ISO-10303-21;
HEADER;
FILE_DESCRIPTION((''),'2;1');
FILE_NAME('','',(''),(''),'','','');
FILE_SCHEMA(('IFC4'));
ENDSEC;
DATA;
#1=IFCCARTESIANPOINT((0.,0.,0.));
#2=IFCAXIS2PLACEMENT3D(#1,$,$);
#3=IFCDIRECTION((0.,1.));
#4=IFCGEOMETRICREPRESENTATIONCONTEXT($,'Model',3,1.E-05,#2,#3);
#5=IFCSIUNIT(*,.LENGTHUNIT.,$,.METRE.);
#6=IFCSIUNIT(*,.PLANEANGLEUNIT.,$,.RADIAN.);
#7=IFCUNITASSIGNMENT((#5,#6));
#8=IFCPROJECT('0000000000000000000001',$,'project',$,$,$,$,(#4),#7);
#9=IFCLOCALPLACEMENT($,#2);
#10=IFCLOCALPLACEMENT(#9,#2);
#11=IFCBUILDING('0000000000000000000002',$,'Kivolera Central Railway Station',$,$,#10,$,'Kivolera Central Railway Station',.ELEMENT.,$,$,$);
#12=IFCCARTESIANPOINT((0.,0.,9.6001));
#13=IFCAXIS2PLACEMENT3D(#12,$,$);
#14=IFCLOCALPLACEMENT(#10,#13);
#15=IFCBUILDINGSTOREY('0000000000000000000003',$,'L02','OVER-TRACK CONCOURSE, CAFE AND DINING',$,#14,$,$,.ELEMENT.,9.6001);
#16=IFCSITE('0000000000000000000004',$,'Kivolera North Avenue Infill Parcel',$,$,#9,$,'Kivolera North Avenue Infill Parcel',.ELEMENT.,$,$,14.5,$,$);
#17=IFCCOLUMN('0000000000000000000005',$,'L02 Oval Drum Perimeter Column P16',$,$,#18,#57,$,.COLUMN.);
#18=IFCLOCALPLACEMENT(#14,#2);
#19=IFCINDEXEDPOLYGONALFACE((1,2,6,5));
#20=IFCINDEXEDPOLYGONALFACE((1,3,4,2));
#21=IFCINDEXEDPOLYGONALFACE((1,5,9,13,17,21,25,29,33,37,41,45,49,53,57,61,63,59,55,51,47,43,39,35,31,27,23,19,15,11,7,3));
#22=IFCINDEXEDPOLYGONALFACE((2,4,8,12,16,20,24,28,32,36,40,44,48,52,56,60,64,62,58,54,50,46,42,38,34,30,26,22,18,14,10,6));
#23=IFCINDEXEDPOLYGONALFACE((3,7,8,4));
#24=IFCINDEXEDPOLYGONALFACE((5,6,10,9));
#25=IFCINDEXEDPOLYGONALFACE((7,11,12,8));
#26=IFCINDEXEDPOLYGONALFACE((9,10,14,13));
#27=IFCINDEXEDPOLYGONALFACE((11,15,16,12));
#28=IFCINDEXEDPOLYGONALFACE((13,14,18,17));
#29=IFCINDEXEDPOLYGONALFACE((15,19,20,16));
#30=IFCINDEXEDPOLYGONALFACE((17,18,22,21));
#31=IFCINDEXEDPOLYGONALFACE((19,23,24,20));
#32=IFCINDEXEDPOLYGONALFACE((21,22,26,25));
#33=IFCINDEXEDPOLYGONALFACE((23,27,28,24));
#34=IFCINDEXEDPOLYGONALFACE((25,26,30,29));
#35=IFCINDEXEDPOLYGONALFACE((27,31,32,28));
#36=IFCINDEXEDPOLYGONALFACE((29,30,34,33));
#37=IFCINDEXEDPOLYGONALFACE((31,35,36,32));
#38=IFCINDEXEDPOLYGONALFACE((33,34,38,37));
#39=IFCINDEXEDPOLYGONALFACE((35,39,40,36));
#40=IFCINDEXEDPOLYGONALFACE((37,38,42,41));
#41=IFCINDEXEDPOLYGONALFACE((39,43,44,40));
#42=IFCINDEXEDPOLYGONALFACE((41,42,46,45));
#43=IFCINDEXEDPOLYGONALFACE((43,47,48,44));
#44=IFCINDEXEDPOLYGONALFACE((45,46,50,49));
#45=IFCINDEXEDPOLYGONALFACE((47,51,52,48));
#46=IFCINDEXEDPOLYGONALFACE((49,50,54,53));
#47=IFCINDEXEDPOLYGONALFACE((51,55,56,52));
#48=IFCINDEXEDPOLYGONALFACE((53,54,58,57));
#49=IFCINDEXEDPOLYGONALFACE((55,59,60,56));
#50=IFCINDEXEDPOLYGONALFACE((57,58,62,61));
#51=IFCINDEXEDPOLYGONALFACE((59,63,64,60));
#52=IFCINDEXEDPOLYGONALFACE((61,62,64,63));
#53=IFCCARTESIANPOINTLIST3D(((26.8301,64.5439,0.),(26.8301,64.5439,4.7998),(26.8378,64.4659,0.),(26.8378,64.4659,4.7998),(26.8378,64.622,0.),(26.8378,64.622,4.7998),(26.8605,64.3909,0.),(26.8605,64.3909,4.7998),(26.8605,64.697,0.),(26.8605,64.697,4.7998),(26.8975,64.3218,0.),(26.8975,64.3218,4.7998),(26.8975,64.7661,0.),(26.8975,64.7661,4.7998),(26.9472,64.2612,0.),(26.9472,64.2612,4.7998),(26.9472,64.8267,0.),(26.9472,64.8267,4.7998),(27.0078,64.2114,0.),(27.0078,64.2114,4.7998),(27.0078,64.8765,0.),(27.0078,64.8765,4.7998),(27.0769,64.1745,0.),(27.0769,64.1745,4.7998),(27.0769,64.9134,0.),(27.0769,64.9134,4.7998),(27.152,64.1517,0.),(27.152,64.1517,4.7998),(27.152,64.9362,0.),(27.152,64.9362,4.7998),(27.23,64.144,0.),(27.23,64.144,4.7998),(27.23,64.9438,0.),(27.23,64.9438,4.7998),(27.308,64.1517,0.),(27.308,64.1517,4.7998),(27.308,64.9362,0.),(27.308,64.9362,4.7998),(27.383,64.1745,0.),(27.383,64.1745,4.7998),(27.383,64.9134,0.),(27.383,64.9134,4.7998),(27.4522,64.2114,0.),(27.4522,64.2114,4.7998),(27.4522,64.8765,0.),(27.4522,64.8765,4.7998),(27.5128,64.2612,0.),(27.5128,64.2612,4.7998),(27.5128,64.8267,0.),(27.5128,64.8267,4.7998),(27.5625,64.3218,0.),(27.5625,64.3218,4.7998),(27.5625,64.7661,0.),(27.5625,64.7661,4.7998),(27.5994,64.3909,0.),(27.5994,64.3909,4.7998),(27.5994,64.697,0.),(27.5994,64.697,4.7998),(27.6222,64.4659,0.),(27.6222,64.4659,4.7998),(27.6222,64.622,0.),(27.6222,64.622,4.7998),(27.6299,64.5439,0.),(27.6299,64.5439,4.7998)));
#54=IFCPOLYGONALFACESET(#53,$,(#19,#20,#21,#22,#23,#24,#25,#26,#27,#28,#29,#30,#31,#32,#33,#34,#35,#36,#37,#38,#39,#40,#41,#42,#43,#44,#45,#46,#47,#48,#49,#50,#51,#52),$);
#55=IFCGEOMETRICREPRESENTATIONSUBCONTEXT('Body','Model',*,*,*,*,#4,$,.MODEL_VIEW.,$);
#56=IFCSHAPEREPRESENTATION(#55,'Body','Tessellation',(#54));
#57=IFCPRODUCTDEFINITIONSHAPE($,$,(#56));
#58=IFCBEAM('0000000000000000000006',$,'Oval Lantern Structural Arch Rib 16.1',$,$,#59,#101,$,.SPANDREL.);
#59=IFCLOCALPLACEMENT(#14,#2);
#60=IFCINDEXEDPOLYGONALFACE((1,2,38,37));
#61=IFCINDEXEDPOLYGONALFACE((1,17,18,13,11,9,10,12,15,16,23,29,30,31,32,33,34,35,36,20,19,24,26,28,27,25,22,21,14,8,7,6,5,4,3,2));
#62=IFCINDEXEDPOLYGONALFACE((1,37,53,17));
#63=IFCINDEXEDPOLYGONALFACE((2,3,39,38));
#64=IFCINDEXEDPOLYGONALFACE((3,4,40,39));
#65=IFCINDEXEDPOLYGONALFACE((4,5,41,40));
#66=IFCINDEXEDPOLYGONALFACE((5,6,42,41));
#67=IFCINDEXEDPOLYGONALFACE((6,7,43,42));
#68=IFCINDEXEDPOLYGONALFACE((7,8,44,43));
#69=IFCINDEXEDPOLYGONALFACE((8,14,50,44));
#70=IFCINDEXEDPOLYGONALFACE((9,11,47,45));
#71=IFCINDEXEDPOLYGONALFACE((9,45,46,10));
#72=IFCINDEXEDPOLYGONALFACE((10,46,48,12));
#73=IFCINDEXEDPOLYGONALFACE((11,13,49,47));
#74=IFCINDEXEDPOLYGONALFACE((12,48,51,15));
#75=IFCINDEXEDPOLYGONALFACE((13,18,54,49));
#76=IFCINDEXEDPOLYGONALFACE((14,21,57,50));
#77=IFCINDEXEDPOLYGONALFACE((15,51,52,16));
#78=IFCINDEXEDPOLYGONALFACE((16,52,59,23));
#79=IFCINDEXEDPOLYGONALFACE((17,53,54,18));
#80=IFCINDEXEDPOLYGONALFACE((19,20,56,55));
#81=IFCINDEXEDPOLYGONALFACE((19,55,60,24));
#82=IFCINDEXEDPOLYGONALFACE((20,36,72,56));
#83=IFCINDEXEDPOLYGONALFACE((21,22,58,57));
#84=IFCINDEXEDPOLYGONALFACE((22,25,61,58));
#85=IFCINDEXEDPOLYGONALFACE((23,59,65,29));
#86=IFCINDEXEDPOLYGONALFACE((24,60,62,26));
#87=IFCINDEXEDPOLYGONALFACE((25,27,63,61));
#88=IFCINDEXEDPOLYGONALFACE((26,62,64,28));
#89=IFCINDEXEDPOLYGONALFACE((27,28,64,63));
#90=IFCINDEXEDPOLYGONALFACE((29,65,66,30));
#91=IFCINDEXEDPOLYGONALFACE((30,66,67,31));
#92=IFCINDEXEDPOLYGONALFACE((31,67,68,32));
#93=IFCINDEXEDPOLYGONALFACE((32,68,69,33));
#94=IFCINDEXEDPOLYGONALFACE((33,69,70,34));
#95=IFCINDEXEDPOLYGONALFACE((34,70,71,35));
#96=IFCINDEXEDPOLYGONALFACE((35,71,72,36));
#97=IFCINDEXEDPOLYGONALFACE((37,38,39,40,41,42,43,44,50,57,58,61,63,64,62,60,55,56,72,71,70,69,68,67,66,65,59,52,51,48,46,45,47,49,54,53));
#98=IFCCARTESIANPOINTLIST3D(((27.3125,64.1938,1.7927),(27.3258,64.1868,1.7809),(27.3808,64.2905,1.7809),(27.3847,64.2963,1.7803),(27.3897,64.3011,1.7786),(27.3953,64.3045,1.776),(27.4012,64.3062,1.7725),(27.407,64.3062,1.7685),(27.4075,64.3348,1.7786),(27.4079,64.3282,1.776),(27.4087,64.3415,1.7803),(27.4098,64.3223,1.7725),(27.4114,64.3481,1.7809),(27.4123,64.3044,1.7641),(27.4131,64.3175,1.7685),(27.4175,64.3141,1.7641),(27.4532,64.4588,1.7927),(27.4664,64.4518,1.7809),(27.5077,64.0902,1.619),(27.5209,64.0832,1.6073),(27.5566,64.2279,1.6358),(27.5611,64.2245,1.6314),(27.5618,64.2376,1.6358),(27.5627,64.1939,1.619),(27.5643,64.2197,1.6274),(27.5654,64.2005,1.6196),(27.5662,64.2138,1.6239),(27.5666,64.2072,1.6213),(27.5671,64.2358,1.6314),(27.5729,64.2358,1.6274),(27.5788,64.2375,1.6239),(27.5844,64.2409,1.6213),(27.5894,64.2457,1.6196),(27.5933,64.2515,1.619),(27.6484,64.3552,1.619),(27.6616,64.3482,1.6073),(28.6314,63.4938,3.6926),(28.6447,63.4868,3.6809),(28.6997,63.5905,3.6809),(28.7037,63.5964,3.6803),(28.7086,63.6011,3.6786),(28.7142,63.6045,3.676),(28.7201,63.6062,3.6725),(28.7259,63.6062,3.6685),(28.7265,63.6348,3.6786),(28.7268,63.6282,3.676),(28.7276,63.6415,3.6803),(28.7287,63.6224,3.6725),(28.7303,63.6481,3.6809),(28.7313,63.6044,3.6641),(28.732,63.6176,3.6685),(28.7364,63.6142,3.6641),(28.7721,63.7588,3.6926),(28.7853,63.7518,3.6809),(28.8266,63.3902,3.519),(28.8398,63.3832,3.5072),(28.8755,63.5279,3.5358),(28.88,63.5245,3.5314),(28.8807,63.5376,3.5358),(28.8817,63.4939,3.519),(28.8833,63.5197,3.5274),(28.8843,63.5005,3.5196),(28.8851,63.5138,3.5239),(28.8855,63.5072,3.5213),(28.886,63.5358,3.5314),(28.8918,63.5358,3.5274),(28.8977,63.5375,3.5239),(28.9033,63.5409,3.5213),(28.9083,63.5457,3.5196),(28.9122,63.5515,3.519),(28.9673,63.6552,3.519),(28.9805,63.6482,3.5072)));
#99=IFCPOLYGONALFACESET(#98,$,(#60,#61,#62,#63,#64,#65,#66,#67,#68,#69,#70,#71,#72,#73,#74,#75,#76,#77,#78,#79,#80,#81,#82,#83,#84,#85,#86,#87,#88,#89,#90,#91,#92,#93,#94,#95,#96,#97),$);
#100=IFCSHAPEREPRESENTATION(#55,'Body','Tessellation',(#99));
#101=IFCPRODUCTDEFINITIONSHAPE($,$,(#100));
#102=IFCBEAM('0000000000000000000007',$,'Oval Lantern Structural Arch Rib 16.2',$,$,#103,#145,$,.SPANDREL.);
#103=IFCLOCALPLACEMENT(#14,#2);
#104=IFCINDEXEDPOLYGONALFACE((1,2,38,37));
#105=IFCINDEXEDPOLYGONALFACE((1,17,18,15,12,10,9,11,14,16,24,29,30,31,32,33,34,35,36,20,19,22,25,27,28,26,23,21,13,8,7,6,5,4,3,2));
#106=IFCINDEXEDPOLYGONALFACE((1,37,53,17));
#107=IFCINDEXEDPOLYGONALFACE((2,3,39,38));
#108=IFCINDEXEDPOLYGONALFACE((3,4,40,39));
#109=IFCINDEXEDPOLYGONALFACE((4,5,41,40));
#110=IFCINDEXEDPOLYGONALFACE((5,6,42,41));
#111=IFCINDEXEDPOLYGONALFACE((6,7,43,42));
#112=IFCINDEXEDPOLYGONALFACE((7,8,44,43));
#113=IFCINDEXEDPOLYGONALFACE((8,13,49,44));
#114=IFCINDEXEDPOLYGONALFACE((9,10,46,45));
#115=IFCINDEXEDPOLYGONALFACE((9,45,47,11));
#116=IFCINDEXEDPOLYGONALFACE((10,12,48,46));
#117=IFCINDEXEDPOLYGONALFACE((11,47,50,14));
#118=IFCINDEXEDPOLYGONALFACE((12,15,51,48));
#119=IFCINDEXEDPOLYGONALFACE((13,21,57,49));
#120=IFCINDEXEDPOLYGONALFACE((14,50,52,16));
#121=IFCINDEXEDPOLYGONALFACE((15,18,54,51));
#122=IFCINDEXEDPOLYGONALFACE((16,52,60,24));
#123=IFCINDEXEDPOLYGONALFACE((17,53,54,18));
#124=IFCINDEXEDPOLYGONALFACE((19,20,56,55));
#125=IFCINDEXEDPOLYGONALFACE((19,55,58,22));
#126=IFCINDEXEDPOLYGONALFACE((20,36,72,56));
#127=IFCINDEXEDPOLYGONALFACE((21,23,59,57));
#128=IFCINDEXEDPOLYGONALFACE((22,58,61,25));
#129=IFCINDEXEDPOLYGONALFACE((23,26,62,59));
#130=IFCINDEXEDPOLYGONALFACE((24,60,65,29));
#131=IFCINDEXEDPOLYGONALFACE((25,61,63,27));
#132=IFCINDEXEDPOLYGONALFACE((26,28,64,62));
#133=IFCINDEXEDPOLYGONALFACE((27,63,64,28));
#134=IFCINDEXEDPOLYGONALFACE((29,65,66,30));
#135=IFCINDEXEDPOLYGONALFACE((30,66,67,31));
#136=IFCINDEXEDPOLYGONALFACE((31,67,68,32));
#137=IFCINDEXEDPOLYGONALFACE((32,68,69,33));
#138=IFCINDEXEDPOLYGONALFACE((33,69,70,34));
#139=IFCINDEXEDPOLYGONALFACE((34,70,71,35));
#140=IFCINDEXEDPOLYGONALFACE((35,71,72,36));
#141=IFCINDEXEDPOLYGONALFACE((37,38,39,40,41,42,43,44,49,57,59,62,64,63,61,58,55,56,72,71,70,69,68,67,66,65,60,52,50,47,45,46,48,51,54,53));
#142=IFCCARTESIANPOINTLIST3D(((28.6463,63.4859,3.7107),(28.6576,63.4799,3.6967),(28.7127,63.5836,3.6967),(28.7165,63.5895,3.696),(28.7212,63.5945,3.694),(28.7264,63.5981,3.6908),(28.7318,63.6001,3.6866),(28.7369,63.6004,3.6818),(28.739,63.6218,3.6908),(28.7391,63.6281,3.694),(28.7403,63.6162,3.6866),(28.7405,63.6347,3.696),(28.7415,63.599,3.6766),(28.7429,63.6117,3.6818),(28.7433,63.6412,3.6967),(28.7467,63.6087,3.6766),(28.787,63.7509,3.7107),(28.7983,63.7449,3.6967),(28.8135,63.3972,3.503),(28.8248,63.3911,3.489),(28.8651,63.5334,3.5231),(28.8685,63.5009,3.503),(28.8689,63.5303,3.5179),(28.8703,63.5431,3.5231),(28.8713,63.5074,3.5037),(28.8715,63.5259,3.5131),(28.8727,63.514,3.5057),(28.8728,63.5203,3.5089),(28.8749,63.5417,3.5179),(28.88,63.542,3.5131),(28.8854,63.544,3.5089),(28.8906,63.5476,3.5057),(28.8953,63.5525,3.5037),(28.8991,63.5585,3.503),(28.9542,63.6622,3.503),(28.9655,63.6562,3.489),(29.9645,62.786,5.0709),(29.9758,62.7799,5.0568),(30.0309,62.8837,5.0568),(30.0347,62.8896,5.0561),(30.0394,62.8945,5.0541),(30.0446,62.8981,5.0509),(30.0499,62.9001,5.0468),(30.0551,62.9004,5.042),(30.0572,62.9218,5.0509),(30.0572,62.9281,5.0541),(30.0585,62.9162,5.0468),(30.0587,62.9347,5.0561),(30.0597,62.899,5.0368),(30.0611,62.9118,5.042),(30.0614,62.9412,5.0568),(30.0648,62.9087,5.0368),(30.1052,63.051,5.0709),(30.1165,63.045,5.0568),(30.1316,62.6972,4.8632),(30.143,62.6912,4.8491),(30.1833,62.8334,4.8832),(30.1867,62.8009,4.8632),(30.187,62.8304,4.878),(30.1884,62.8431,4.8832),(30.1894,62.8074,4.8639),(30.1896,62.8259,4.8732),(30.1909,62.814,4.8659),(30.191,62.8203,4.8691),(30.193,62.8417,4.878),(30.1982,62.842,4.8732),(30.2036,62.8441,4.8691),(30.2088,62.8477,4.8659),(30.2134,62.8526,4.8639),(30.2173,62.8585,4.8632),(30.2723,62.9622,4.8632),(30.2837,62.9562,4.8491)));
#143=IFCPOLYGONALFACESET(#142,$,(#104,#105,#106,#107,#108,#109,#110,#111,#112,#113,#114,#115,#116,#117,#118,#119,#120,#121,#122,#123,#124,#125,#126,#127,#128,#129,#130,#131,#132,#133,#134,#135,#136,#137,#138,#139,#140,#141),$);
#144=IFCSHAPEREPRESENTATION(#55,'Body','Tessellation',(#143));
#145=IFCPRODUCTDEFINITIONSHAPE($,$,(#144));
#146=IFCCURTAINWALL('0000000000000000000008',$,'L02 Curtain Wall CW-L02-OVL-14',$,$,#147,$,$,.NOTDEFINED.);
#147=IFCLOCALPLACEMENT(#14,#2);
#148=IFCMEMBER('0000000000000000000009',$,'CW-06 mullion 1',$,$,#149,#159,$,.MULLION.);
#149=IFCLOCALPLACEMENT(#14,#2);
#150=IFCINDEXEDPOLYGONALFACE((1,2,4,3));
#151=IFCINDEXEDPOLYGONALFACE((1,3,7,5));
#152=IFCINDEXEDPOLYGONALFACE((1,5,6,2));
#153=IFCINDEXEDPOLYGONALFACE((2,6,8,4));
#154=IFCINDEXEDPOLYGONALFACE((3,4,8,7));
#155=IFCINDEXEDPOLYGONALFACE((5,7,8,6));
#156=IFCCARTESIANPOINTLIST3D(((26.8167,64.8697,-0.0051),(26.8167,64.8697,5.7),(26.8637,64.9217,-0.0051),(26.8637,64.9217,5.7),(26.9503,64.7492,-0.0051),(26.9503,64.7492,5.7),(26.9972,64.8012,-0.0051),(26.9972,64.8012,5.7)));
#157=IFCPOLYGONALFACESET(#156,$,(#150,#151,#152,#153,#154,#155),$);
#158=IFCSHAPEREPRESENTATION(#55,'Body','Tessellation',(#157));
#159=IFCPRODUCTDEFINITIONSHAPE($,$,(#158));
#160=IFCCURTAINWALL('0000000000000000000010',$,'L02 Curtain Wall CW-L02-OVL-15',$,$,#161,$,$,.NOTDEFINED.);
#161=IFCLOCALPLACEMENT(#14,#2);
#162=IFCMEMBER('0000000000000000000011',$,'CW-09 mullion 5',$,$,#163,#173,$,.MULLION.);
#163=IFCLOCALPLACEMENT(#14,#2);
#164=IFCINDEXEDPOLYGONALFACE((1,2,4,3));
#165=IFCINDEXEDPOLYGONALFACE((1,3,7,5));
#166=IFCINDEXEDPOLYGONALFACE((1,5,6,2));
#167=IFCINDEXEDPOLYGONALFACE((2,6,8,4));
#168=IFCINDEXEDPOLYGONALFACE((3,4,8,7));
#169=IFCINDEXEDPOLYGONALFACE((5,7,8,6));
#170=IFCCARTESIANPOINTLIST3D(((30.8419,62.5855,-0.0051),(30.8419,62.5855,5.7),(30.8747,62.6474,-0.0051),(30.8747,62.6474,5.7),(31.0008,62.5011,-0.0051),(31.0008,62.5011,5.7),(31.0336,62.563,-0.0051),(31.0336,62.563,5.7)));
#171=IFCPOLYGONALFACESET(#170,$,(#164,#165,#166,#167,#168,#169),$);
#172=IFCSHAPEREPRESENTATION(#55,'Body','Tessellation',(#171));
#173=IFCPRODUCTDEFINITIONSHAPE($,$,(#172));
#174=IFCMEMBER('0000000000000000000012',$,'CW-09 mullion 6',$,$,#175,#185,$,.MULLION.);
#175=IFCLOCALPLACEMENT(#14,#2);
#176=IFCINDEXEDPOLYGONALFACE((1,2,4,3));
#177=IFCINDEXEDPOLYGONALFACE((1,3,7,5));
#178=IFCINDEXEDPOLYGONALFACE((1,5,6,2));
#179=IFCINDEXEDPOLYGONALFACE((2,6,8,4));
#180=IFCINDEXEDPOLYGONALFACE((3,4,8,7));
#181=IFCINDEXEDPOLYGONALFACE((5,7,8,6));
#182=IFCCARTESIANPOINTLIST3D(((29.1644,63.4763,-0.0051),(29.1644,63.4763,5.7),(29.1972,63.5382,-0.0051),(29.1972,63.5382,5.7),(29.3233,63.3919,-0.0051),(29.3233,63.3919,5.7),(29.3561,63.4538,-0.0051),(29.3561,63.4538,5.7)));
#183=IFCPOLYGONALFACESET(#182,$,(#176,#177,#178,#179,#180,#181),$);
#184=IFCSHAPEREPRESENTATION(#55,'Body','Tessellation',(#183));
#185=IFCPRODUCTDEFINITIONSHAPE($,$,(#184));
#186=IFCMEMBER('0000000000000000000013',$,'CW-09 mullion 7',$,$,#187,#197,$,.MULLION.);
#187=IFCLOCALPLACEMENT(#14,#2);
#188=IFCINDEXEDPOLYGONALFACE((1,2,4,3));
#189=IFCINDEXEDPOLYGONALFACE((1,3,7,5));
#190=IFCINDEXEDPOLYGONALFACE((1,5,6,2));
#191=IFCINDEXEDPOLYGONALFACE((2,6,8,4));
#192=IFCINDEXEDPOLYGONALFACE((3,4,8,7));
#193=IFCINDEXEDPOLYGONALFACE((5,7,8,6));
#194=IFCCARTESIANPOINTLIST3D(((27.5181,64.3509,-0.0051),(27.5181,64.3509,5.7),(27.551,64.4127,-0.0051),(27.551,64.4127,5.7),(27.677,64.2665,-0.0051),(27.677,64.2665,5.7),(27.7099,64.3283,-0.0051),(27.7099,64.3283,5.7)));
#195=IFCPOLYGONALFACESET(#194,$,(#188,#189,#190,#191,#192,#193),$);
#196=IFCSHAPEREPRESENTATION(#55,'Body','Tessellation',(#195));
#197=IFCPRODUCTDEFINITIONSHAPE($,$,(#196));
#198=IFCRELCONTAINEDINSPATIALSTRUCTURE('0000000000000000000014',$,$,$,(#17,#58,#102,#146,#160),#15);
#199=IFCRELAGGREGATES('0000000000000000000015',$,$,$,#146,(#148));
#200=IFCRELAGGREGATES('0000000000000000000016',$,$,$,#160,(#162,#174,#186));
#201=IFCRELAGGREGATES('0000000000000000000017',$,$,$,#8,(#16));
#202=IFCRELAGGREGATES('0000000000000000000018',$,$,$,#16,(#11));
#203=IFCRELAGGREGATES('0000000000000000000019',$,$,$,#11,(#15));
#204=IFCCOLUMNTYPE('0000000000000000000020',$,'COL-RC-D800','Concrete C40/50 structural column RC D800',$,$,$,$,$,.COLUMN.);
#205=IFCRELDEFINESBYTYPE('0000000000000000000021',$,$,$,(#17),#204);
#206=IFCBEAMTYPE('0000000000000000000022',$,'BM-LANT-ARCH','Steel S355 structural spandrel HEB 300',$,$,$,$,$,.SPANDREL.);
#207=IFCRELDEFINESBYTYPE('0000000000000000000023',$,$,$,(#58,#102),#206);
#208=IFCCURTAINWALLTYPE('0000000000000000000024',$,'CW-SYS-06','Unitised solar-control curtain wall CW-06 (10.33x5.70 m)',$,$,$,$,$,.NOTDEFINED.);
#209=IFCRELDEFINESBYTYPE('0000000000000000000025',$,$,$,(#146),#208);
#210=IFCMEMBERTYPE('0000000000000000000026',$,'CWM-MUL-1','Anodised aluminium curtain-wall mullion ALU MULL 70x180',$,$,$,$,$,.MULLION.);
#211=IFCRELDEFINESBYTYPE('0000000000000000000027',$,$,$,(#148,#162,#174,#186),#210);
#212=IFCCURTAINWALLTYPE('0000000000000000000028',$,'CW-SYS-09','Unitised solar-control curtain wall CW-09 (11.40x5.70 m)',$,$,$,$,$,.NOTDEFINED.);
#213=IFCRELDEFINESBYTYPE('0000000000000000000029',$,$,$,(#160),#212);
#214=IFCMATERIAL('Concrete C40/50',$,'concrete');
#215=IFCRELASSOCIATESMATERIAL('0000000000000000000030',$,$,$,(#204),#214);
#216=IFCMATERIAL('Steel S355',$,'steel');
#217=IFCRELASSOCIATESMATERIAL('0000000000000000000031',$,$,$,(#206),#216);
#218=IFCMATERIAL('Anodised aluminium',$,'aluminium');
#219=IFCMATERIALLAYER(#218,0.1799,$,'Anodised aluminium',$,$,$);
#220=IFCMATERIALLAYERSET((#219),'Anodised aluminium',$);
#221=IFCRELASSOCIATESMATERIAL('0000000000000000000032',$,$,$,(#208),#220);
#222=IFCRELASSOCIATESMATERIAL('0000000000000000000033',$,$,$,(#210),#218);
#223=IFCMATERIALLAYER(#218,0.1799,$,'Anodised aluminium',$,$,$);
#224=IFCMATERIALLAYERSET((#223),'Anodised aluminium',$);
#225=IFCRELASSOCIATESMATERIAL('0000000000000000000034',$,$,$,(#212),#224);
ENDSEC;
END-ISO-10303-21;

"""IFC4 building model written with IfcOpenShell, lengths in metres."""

from ifc_helpers import new_model, si_unit, direction, frame, origin, origin_2d, place, context, subcontext, project, spatial, rectangle, circle, i_section, extrude, material, layer, layer_set, material_profile, profile_set, type_object, element, aggregate, save


model = new_model("IFC4")

# Units and contexts
model_context = context("Model", 3, precision=1e-05, world=origin(), true_north=direction((0.0, 1.0)))
body_context = subcontext(model_context, "Body", "Model", "MODEL_VIEW")
ifc_project = project(units=[si_unit("LENGTHUNIT", "METRE"), si_unit("PLANEANGLEUNIT", "RADIAN")], contexts=[model_context])

# Site, building, storey
site_placement = place(None, origin())
site = spatial("IfcSite", under=ifc_project, at=site_placement, Name="Kivolera North Avenue Infill Parcel", LongName="Kivolera North Avenue Infill Parcel", CompositionType="ELEMENT", RefElevation=14.5)
building_placement = place(site_placement, origin())
building = spatial("IfcBuilding", under=site, at=building_placement, Name="Kivolera Central Railway Station", LongName="Kivolera Central Railway Station", CompositionType="ELEMENT")
storey_placement = place(building_placement, frame((0.0, 0.0, 9.6001)))
storey = spatial("IfcBuildingStorey", under=building, at=storey_placement, Name="L02", Description="OVER-TRACK CONCOURSE, CAFE AND DINING", CompositionType="ELEMENT", Elevation=9.6001)

# Column
ifc_material_1 = material(Name="Concrete C40/50", Category="concrete")
ifc_material_profile_1 = material_profile(ifc_material_1, circle(Radius=0.3999, at=origin_2d()), Name="RC D800")
ifc_profile_set_1 = profile_set([ifc_material_profile_1], Name="Concrete C40/50")
column_type = type_object("IfcColumnType", Name="COL-RC-D800", Description="Concrete C40/50 structural column RC D800", PredefinedType="COLUMN", material=ifc_profile_set_1)
column_placement = place(storey_placement, frame((27.23, 64.5439, 0.0), z_axis=(0.0, 0.0, 1.0), x_axis=(1.0, 0.0, 0.0)))
element("IfcColumn", 1, at=column_placement, inside=storey, type_object=column_type, Name="L02 Oval Drum Perimeter Column P16", PredefinedType="COLUMN", context=body_context, shape_type="SweptSolid", body=[
    extrude(circle(Radius=0.3999, at=origin_2d()), origin(), (0.0, 0.0, 1.0), 4.7998),
])

# Beams
ifc_material_2 = material(Name="Steel S355", Category="steel")
ifc_material_profile_2 = material_profile(ifc_material_2, i_section(OverallWidth=0.3, OverallDepth=0.3, WebThickness=0.011, FlangeThickness=0.019, FilletRadius=0.0271, at=origin_2d()), Name="HEB 300")
ifc_profile_set_2 = profile_set([ifc_material_profile_2], Name="Steel S355")
beam_type = type_object("IfcBeamType", Name="BM-LANT-ARCH", Description="Steel S355 structural spandrel HEB 300", PredefinedType="SPANDREL", material=ifc_profile_set_2)
beam_1_placement = place(storey_placement, frame((27.4871, 64.271, 1.7), z_axis=(0.545794, -0.289669, 0.786258), x_axis=(0.468797, 0.883306, 0.0)))
element("IfcBeam", 2, at=beam_1_placement, inside=storey, type_object=beam_type, Name="Oval Lantern Structural Arch Rib 16.1", PredefinedType="SPANDREL", context=body_context, shape_type="SweptSolid", body=[
    extrude(i_section(OverallWidth=0.3, OverallDepth=0.3, WebThickness=0.011, FlangeThickness=0.019, FilletRadius=0.0271, at=origin_2d()), origin(), (0.0, 0.0, 1.0), 2.4165),
])
beam_2_placement = place(storey_placement, frame((28.8059, 63.571, 3.5999), z_axis=(0.652784, -0.346644, 0.67358), x_axis=(0.469, 0.883198, 0.0)))
element("IfcBeam", 3, at=beam_2_placement, inside=storey, type_object=beam_type, Name="Oval Lantern Structural Arch Rib 16.2", PredefinedType="SPANDREL", context=body_context, shape_type="SweptSolid", body=[
    extrude(i_section(OverallWidth=0.3, OverallDepth=0.3, WebThickness=0.011, FlangeThickness=0.019, FilletRadius=0.0271, at=origin_2d()), origin(), (0.0, 0.0, 1.0), 2.0193),
])

# Curtain wall, member
ifc_material_3 = material(Name="Anodised aluminium", Category="aluminium")
ifc_layer_1 = layer(ifc_material_3, 0.1799, Name="Anodised aluminium")
ifc_layer_set_1 = layer_set([ifc_layer_1], Name="Anodised aluminium")
curtain_wall_type_1 = type_object("IfcCurtainWallType", Name="CW-SYS-06", Description="Unitised solar-control curtain wall CW-06 (10.33x5.70 m)", PredefinedType="NOTDEFINED", material=ifc_layer_set_1)
curtain_wall_1_placement = place(storey_placement, origin())
curtain_wall_1 = element("IfcCurtainWall", 4, at=curtain_wall_1_placement, inside=storey, type_object=curtain_wall_type_1, Name="L02 Curtain Wall CW-L02-OVL-14", PredefinedType="NOTDEFINED")
ifc_material_profile_3 = material_profile(ifc_material_3, rectangle(XDim=0.0701, YDim=0.1799, at=origin_2d()), Name="ALU MULL 70x180")
ifc_profile_set_3 = profile_set([ifc_material_profile_3], Name="Anodised aluminium")
member_type_1 = type_object("IfcMemberType", Name="CWM-MUL-1", Description="Anodised aluminium curtain-wall mullion ALU MULL 70x180", PredefinedType="MULLION", material=ifc_profile_set_3)
member_1_placement = place(storey_placement, frame((26.907, 64.8354, -0.0051), z_axis=(0.0, 0.0, 1.0), x_axis=(-0.669922, -0.742432, 0.0)))
member_1 = element("IfcMember", 5, at=member_1_placement, type_object=member_type_1, Name="CW-06 mullion 1", PredefinedType="MULLION", context=body_context, shape_type="SweptSolid", body=[
    extrude(rectangle(XDim=0.0701, YDim=0.1799, at=origin_2d()), origin(), (0.0, 0.0, 1.0), 5.7051),
])

# Curtain wall, members
ifc_layer_2 = layer(ifc_material_3, 0.1799, Name="Anodised aluminium")
ifc_layer_set_2 = layer_set([ifc_layer_2], Name="Anodised aluminium")
curtain_wall_type_2 = type_object("IfcCurtainWallType", Name="CW-SYS-09", Description="Unitised solar-control curtain wall CW-09 (11.40x5.70 m)", PredefinedType="NOTDEFINED", material=ifc_layer_set_2)
curtain_wall_2_placement = place(storey_placement, origin())
curtain_wall_2 = element("IfcCurtainWall", 6, at=curtain_wall_2_placement, inside=storey, type_object=curtain_wall_type_2, Name="L02 Curtain Wall CW-L02-OVL-15", PredefinedType="NOTDEFINED")
member_2_placement = place(storey_placement, frame((30.9377, 62.5742, -0.0051), z_axis=(0.0, 0.0, 1.0), x_axis=(-0.469053, -0.88317, 0.0)))
member_2 = element("IfcMember", 7, at=member_2_placement, type_object=member_type_1, Name="CW-09 mullion 5", PredefinedType="MULLION", context=body_context, shape_type="SweptSolid", body=[
    extrude(rectangle(XDim=0.0701, YDim=0.1799, at=origin_2d()), origin(), (0.0, 0.0, 1.0), 5.7051),
])
member_3_placement = place(storey_placement, frame((29.2603, 63.4651, -0.0051), z_axis=(0.0, 0.0, 1.0), x_axis=(-0.469053, -0.88317, 0.0)))
member_3 = element("IfcMember", 8, at=member_3_placement, type_object=member_type_1, Name="CW-09 mullion 6", PredefinedType="MULLION", context=body_context, shape_type="SweptSolid", body=[
    extrude(rectangle(XDim=0.0701, YDim=0.1799, at=origin_2d()), origin(), (0.0, 0.0, 1.0), 5.7051),
])
member_4_placement = place(storey_placement, frame((27.614, 64.3396, -0.0051), z_axis=(0.0, 0.0, 1.0), x_axis=(-0.469053, -0.88317, 0.0)))
member_4 = element("IfcMember", 9, at=member_4_placement, type_object=member_type_1, Name="CW-09 mullion 7", PredefinedType="MULLION", context=body_context, shape_type="SweptSolid", body=[
    extrude(rectangle(XDim=0.0701, YDim=0.1799, at=origin_2d()), origin(), (0.0, 0.0, 1.0), 5.7051),
])

aggregate(curtain_wall_1, [member_1])

aggregate(curtain_wall_2, [member_2, member_3, member_4])

save(model, "model.ifc")
